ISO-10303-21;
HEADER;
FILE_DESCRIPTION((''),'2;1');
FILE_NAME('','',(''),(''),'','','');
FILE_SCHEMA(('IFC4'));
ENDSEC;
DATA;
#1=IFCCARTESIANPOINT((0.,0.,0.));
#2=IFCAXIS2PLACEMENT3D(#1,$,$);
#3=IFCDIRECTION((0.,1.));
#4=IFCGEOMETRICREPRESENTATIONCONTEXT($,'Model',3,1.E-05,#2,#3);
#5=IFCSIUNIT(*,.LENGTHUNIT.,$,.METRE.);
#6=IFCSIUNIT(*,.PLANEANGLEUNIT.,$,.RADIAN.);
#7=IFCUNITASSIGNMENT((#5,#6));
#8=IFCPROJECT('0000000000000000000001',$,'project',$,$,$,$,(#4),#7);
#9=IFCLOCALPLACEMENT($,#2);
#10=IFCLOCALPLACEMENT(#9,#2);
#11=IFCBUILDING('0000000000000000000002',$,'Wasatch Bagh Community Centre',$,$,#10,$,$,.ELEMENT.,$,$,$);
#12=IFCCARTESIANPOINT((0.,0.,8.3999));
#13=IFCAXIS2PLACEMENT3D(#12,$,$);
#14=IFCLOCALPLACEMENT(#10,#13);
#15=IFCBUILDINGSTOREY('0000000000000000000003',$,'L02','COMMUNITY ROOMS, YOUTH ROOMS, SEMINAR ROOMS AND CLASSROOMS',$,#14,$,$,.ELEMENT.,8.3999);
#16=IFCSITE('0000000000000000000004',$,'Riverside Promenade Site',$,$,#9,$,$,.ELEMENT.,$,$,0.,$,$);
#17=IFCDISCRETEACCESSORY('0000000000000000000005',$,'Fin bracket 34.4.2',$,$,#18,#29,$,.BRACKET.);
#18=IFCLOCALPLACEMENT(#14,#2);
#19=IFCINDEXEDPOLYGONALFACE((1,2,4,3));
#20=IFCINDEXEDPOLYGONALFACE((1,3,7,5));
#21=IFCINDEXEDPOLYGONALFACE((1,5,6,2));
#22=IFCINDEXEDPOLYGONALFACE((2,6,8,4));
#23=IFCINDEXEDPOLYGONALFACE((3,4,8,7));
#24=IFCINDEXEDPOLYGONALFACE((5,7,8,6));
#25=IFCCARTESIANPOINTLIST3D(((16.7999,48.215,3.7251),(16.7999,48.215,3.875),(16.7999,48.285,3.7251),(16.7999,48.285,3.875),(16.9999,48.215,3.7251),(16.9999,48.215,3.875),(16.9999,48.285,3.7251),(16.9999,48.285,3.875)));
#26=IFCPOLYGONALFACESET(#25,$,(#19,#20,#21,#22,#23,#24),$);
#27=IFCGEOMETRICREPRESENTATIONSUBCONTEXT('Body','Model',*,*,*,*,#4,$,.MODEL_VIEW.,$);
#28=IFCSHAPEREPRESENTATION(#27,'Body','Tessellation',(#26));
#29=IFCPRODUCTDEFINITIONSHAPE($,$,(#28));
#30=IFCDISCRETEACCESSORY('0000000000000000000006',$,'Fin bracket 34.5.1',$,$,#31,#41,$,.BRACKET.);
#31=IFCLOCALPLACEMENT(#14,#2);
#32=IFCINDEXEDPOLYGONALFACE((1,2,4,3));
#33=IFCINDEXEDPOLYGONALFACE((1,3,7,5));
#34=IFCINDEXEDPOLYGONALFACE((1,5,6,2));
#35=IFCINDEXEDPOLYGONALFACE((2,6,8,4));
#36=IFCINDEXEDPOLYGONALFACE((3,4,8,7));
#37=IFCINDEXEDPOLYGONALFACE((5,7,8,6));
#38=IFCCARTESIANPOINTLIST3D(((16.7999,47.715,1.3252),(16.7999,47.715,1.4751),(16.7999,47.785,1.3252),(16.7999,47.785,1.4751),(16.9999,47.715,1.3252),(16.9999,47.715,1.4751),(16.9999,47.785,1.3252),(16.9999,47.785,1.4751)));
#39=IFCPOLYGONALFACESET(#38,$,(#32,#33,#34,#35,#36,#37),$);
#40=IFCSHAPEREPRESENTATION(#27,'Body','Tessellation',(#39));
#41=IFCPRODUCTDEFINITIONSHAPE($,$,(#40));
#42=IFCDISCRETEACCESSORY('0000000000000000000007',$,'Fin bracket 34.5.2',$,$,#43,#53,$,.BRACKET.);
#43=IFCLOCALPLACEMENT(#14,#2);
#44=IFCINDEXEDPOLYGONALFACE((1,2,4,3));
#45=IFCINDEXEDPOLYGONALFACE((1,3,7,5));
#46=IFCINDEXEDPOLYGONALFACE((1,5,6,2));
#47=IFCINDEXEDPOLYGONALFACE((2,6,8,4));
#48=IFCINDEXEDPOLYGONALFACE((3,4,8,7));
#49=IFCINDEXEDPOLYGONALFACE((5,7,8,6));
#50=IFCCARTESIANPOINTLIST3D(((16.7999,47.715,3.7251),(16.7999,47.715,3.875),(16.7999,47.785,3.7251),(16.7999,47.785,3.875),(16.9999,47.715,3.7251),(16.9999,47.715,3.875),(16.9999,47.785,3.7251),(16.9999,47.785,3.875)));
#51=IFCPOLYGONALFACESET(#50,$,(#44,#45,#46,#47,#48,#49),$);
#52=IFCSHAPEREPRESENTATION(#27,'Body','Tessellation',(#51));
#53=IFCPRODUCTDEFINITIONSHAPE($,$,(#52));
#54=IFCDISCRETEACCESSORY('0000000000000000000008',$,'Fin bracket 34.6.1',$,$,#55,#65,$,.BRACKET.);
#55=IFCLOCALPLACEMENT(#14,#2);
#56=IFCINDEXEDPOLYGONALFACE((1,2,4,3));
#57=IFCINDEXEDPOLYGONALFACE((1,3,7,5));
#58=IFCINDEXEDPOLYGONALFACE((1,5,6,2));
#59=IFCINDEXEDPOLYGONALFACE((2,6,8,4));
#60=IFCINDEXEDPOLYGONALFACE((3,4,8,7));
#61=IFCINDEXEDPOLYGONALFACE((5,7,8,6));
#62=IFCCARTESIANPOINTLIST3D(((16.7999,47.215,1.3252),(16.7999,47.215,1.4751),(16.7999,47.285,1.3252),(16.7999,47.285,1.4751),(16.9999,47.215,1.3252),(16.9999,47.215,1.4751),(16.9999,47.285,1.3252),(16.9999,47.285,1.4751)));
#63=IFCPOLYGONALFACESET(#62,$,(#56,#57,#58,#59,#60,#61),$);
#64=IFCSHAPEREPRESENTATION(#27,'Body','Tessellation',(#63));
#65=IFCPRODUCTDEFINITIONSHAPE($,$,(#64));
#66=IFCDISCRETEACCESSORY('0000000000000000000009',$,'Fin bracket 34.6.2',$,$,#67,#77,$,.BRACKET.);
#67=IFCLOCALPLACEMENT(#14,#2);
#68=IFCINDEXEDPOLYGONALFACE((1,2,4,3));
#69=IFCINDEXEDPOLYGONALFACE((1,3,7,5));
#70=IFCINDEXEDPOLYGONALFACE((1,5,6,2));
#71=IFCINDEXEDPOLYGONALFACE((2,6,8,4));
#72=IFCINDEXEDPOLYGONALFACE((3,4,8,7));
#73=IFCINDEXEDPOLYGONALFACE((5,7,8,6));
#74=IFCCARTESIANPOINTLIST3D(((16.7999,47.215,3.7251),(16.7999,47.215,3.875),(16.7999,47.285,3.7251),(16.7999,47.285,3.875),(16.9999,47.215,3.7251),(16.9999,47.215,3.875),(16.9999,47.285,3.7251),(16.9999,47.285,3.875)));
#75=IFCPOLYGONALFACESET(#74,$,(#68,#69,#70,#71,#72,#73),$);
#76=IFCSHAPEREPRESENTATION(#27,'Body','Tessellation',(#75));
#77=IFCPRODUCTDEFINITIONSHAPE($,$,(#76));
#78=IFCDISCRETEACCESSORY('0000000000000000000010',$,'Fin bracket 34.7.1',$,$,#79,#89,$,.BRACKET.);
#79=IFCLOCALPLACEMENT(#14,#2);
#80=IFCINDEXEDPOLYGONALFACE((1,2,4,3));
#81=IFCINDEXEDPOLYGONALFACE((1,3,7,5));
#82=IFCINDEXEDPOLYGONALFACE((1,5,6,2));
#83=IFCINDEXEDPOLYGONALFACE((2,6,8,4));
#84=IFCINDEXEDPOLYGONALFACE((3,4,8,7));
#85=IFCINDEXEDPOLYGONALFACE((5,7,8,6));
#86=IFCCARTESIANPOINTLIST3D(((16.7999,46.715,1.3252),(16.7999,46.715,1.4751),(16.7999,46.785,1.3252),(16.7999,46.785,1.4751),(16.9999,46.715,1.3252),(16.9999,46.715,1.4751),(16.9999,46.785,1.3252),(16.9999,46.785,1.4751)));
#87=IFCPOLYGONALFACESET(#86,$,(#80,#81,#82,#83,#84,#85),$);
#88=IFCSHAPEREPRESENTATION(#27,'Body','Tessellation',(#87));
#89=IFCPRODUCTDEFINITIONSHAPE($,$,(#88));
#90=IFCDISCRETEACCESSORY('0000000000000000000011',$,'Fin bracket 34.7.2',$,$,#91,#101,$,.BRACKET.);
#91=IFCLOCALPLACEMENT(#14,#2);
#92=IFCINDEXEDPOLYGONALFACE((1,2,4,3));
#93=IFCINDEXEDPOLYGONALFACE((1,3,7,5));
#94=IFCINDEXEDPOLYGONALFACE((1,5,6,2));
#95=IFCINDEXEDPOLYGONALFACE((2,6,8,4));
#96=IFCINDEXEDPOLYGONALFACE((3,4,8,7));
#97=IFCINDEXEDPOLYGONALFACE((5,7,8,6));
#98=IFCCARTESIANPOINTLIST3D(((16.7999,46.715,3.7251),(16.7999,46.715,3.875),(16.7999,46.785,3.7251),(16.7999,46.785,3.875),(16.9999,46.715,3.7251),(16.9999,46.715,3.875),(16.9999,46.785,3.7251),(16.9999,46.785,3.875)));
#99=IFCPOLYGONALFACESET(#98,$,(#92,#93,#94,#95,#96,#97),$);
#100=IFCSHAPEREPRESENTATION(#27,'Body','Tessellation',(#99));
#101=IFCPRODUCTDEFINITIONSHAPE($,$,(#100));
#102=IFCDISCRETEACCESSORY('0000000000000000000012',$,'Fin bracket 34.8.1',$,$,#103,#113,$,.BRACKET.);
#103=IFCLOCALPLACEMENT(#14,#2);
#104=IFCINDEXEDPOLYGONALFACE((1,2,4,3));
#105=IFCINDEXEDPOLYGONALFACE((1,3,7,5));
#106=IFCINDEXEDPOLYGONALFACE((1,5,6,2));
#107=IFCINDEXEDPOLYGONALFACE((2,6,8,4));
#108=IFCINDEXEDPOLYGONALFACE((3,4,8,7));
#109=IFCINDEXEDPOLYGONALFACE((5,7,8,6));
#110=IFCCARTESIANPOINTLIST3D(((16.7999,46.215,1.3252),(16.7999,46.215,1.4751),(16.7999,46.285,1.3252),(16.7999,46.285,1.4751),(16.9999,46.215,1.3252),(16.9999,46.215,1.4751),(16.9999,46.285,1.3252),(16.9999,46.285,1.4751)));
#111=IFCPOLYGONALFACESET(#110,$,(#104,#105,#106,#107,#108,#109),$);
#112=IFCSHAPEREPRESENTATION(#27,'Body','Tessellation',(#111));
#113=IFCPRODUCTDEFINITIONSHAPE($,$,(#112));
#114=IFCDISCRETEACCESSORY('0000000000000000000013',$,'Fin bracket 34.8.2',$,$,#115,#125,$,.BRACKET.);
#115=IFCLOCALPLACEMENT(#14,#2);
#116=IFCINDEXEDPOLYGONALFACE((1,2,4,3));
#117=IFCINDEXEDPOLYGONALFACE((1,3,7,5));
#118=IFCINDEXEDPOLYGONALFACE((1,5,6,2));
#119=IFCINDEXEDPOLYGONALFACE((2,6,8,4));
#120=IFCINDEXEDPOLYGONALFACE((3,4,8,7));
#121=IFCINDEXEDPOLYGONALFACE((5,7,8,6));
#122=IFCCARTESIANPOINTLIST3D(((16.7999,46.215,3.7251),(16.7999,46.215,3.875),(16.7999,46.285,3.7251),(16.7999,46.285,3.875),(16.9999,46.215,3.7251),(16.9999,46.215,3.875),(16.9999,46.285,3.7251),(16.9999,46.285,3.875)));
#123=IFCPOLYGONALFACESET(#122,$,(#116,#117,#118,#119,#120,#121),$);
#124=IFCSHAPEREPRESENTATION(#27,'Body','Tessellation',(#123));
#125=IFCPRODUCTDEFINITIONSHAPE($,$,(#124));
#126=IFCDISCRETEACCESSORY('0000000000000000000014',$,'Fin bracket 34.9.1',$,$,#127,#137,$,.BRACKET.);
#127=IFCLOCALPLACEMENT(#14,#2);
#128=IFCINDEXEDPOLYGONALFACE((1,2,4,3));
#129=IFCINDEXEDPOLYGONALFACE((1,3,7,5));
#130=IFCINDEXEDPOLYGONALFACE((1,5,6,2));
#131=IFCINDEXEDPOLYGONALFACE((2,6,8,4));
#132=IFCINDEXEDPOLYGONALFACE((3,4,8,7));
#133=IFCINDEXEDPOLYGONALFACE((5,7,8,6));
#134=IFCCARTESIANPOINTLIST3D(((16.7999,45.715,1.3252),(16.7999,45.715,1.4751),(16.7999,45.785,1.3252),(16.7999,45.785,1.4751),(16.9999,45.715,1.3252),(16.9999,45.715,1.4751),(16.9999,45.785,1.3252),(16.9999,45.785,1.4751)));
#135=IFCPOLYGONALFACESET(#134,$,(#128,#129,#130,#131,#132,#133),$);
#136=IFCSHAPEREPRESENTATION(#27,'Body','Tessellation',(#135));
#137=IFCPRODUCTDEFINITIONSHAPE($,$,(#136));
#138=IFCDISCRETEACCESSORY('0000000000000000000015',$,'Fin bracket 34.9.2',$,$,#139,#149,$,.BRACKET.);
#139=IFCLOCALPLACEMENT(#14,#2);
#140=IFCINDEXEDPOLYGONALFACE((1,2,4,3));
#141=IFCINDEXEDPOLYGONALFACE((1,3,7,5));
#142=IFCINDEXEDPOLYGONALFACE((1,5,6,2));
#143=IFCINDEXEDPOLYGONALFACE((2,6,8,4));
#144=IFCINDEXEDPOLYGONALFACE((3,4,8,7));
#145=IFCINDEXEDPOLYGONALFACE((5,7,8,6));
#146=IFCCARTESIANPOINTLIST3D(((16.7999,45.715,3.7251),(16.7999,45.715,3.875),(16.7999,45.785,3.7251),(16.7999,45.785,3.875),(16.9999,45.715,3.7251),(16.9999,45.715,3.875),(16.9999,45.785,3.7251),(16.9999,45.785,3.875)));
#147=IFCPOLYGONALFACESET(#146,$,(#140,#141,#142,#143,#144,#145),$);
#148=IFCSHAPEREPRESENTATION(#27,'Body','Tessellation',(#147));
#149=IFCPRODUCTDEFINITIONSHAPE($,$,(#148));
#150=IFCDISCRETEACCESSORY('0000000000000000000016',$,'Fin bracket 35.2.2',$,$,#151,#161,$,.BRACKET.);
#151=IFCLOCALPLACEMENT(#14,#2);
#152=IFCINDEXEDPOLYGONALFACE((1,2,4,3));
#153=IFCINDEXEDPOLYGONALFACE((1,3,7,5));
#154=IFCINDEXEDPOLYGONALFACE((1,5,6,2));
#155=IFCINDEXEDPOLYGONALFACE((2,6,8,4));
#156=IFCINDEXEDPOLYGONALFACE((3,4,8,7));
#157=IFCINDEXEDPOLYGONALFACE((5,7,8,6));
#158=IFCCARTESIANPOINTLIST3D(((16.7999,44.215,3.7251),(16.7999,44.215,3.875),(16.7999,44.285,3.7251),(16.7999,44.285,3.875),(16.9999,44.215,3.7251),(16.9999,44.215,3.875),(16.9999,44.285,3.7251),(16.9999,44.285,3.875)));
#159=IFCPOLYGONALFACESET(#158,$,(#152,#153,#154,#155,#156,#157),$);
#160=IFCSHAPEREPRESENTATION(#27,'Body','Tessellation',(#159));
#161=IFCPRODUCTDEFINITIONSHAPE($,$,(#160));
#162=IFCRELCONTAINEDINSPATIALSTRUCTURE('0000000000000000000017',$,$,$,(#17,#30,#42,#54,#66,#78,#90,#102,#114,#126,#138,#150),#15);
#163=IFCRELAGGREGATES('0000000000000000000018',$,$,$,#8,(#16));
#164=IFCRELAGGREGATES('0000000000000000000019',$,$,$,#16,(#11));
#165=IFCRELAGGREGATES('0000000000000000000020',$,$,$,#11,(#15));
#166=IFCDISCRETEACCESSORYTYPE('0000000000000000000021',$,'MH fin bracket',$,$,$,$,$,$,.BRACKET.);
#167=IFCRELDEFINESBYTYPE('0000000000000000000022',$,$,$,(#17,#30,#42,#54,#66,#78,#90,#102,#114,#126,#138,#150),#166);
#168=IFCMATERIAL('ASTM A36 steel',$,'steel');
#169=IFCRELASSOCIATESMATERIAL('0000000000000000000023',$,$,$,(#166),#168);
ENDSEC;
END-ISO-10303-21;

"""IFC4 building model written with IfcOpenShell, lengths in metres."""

from ifc_helpers import new_model, si_unit, direction, frame, origin, origin_2d, place, context, subcontext, project, spatial, rectangle, extrude, material, type_object, element, save


model = new_model("IFC4")

# Units and contexts
model_context = context("Model", 3, precision=1e-05, world=origin(), true_north=direction((0.0, 1.0)))
body_context = subcontext(model_context, "Body", "Model", "MODEL_VIEW")
ifc_project = project(units=[si_unit("LENGTHUNIT", "METRE"), si_unit("PLANEANGLEUNIT", "RADIAN")], contexts=[model_context])

# Site, building, storey
site_placement = place(None, origin())
site = spatial("IfcSite", under=ifc_project, at=site_placement, Name="Riverside Promenade Site", CompositionType="ELEMENT", RefElevation=0.0)
building_placement = place(site_placement, origin())
building = spatial("IfcBuilding", under=site, at=building_placement, Name="Wasatch Bagh Community Centre", CompositionType="ELEMENT")
storey_placement = place(building_placement, frame((0.0, 0.0, 8.3999)))
storey = spatial("IfcBuildingStorey", under=building, at=storey_placement, Name="L02", Description="COMMUNITY ROOMS, YOUTH ROOMS, SEMINAR ROOMS AND CLASSROOMS", CompositionType="ELEMENT", Elevation=8.3999)

# Discrete accessories
ifc_material_1 = material(Name="ASTM A36 steel", Category="steel")
discrete_accessory_type = type_object("IfcDiscreteAccessoryType", Name="MH fin bracket", PredefinedType="BRACKET", material=ifc_material_1)
for number, where, z_axis, x_axis, name in (
    (1, (16.8999, 48.25, 3.7251), (0.0, 0.0, 1.0), (0.0, -1.0, 0.0), "Fin bracket 34.4.2"),
    (2, (16.8999, 47.75, 1.3252), (0.0, 0.0, 1.0), (0.0, -1.0, 0.0), "Fin bracket 34.5.1"),
    (3, (16.8999, 47.75, 3.7251), (0.0, 0.0, 1.0), (0.0, -1.0, 0.0), "Fin bracket 34.5.2"),
    (4, (16.8999, 47.25, 1.3252), (0.0, 0.0, 1.0), (0.0, -1.0, 0.0), "Fin bracket 34.6.1"),
    (5, (16.8999, 47.25, 3.7251), (0.0, 0.0, 1.0), (0.0, -1.0, 0.0), "Fin bracket 34.6.2"),
    (6, (16.8999, 46.75, 1.3252), (0.0, 0.0, 1.0), (0.0, -1.0, 0.0), "Fin bracket 34.7.1"),
    (7, (16.8999, 46.75, 3.7251), (0.0, 0.0, 1.0), (0.0, -1.0, 0.0), "Fin bracket 34.7.2"),
    (8, (16.8999, 46.25, 1.3252), (0.0, 0.0, 1.0), (0.0, -1.0, 0.0), "Fin bracket 34.8.1"),
    (9, (16.8999, 46.25, 3.7251), (0.0, 0.0, 1.0), (0.0, -1.0, 0.0), "Fin bracket 34.8.2"),
    (10, (16.8999, 45.75, 1.3252), (0.0, 0.0, 1.0), (0.0, -1.0, 0.0), "Fin bracket 34.9.1"),
    (11, (16.8999, 45.75, 3.7251), (0.0, 0.0, 1.0), (0.0, -1.0, 0.0), "Fin bracket 34.9.2"),
    (12, (16.8999, 44.25, 3.7251), (0.0, 0.0, 1.0), (0.0, -1.0, 0.0), "Fin bracket 35.2.2"),
):
    element("IfcDiscreteAccessory", number, at=place(storey_placement, frame(where, z_axis=z_axis, x_axis=x_axis)), inside=storey, type_object=discrete_accessory_type, Name=name, PredefinedType="BRACKET", context=body_context, shape_type="SweptSolid", body=[
        extrude(rectangle(XDim=0.0701, YDim=0.2, at=origin_2d()), origin(), (0.0, 0.0, 1.0), 0.1499),
    ])

save(model, "model.ifc")
